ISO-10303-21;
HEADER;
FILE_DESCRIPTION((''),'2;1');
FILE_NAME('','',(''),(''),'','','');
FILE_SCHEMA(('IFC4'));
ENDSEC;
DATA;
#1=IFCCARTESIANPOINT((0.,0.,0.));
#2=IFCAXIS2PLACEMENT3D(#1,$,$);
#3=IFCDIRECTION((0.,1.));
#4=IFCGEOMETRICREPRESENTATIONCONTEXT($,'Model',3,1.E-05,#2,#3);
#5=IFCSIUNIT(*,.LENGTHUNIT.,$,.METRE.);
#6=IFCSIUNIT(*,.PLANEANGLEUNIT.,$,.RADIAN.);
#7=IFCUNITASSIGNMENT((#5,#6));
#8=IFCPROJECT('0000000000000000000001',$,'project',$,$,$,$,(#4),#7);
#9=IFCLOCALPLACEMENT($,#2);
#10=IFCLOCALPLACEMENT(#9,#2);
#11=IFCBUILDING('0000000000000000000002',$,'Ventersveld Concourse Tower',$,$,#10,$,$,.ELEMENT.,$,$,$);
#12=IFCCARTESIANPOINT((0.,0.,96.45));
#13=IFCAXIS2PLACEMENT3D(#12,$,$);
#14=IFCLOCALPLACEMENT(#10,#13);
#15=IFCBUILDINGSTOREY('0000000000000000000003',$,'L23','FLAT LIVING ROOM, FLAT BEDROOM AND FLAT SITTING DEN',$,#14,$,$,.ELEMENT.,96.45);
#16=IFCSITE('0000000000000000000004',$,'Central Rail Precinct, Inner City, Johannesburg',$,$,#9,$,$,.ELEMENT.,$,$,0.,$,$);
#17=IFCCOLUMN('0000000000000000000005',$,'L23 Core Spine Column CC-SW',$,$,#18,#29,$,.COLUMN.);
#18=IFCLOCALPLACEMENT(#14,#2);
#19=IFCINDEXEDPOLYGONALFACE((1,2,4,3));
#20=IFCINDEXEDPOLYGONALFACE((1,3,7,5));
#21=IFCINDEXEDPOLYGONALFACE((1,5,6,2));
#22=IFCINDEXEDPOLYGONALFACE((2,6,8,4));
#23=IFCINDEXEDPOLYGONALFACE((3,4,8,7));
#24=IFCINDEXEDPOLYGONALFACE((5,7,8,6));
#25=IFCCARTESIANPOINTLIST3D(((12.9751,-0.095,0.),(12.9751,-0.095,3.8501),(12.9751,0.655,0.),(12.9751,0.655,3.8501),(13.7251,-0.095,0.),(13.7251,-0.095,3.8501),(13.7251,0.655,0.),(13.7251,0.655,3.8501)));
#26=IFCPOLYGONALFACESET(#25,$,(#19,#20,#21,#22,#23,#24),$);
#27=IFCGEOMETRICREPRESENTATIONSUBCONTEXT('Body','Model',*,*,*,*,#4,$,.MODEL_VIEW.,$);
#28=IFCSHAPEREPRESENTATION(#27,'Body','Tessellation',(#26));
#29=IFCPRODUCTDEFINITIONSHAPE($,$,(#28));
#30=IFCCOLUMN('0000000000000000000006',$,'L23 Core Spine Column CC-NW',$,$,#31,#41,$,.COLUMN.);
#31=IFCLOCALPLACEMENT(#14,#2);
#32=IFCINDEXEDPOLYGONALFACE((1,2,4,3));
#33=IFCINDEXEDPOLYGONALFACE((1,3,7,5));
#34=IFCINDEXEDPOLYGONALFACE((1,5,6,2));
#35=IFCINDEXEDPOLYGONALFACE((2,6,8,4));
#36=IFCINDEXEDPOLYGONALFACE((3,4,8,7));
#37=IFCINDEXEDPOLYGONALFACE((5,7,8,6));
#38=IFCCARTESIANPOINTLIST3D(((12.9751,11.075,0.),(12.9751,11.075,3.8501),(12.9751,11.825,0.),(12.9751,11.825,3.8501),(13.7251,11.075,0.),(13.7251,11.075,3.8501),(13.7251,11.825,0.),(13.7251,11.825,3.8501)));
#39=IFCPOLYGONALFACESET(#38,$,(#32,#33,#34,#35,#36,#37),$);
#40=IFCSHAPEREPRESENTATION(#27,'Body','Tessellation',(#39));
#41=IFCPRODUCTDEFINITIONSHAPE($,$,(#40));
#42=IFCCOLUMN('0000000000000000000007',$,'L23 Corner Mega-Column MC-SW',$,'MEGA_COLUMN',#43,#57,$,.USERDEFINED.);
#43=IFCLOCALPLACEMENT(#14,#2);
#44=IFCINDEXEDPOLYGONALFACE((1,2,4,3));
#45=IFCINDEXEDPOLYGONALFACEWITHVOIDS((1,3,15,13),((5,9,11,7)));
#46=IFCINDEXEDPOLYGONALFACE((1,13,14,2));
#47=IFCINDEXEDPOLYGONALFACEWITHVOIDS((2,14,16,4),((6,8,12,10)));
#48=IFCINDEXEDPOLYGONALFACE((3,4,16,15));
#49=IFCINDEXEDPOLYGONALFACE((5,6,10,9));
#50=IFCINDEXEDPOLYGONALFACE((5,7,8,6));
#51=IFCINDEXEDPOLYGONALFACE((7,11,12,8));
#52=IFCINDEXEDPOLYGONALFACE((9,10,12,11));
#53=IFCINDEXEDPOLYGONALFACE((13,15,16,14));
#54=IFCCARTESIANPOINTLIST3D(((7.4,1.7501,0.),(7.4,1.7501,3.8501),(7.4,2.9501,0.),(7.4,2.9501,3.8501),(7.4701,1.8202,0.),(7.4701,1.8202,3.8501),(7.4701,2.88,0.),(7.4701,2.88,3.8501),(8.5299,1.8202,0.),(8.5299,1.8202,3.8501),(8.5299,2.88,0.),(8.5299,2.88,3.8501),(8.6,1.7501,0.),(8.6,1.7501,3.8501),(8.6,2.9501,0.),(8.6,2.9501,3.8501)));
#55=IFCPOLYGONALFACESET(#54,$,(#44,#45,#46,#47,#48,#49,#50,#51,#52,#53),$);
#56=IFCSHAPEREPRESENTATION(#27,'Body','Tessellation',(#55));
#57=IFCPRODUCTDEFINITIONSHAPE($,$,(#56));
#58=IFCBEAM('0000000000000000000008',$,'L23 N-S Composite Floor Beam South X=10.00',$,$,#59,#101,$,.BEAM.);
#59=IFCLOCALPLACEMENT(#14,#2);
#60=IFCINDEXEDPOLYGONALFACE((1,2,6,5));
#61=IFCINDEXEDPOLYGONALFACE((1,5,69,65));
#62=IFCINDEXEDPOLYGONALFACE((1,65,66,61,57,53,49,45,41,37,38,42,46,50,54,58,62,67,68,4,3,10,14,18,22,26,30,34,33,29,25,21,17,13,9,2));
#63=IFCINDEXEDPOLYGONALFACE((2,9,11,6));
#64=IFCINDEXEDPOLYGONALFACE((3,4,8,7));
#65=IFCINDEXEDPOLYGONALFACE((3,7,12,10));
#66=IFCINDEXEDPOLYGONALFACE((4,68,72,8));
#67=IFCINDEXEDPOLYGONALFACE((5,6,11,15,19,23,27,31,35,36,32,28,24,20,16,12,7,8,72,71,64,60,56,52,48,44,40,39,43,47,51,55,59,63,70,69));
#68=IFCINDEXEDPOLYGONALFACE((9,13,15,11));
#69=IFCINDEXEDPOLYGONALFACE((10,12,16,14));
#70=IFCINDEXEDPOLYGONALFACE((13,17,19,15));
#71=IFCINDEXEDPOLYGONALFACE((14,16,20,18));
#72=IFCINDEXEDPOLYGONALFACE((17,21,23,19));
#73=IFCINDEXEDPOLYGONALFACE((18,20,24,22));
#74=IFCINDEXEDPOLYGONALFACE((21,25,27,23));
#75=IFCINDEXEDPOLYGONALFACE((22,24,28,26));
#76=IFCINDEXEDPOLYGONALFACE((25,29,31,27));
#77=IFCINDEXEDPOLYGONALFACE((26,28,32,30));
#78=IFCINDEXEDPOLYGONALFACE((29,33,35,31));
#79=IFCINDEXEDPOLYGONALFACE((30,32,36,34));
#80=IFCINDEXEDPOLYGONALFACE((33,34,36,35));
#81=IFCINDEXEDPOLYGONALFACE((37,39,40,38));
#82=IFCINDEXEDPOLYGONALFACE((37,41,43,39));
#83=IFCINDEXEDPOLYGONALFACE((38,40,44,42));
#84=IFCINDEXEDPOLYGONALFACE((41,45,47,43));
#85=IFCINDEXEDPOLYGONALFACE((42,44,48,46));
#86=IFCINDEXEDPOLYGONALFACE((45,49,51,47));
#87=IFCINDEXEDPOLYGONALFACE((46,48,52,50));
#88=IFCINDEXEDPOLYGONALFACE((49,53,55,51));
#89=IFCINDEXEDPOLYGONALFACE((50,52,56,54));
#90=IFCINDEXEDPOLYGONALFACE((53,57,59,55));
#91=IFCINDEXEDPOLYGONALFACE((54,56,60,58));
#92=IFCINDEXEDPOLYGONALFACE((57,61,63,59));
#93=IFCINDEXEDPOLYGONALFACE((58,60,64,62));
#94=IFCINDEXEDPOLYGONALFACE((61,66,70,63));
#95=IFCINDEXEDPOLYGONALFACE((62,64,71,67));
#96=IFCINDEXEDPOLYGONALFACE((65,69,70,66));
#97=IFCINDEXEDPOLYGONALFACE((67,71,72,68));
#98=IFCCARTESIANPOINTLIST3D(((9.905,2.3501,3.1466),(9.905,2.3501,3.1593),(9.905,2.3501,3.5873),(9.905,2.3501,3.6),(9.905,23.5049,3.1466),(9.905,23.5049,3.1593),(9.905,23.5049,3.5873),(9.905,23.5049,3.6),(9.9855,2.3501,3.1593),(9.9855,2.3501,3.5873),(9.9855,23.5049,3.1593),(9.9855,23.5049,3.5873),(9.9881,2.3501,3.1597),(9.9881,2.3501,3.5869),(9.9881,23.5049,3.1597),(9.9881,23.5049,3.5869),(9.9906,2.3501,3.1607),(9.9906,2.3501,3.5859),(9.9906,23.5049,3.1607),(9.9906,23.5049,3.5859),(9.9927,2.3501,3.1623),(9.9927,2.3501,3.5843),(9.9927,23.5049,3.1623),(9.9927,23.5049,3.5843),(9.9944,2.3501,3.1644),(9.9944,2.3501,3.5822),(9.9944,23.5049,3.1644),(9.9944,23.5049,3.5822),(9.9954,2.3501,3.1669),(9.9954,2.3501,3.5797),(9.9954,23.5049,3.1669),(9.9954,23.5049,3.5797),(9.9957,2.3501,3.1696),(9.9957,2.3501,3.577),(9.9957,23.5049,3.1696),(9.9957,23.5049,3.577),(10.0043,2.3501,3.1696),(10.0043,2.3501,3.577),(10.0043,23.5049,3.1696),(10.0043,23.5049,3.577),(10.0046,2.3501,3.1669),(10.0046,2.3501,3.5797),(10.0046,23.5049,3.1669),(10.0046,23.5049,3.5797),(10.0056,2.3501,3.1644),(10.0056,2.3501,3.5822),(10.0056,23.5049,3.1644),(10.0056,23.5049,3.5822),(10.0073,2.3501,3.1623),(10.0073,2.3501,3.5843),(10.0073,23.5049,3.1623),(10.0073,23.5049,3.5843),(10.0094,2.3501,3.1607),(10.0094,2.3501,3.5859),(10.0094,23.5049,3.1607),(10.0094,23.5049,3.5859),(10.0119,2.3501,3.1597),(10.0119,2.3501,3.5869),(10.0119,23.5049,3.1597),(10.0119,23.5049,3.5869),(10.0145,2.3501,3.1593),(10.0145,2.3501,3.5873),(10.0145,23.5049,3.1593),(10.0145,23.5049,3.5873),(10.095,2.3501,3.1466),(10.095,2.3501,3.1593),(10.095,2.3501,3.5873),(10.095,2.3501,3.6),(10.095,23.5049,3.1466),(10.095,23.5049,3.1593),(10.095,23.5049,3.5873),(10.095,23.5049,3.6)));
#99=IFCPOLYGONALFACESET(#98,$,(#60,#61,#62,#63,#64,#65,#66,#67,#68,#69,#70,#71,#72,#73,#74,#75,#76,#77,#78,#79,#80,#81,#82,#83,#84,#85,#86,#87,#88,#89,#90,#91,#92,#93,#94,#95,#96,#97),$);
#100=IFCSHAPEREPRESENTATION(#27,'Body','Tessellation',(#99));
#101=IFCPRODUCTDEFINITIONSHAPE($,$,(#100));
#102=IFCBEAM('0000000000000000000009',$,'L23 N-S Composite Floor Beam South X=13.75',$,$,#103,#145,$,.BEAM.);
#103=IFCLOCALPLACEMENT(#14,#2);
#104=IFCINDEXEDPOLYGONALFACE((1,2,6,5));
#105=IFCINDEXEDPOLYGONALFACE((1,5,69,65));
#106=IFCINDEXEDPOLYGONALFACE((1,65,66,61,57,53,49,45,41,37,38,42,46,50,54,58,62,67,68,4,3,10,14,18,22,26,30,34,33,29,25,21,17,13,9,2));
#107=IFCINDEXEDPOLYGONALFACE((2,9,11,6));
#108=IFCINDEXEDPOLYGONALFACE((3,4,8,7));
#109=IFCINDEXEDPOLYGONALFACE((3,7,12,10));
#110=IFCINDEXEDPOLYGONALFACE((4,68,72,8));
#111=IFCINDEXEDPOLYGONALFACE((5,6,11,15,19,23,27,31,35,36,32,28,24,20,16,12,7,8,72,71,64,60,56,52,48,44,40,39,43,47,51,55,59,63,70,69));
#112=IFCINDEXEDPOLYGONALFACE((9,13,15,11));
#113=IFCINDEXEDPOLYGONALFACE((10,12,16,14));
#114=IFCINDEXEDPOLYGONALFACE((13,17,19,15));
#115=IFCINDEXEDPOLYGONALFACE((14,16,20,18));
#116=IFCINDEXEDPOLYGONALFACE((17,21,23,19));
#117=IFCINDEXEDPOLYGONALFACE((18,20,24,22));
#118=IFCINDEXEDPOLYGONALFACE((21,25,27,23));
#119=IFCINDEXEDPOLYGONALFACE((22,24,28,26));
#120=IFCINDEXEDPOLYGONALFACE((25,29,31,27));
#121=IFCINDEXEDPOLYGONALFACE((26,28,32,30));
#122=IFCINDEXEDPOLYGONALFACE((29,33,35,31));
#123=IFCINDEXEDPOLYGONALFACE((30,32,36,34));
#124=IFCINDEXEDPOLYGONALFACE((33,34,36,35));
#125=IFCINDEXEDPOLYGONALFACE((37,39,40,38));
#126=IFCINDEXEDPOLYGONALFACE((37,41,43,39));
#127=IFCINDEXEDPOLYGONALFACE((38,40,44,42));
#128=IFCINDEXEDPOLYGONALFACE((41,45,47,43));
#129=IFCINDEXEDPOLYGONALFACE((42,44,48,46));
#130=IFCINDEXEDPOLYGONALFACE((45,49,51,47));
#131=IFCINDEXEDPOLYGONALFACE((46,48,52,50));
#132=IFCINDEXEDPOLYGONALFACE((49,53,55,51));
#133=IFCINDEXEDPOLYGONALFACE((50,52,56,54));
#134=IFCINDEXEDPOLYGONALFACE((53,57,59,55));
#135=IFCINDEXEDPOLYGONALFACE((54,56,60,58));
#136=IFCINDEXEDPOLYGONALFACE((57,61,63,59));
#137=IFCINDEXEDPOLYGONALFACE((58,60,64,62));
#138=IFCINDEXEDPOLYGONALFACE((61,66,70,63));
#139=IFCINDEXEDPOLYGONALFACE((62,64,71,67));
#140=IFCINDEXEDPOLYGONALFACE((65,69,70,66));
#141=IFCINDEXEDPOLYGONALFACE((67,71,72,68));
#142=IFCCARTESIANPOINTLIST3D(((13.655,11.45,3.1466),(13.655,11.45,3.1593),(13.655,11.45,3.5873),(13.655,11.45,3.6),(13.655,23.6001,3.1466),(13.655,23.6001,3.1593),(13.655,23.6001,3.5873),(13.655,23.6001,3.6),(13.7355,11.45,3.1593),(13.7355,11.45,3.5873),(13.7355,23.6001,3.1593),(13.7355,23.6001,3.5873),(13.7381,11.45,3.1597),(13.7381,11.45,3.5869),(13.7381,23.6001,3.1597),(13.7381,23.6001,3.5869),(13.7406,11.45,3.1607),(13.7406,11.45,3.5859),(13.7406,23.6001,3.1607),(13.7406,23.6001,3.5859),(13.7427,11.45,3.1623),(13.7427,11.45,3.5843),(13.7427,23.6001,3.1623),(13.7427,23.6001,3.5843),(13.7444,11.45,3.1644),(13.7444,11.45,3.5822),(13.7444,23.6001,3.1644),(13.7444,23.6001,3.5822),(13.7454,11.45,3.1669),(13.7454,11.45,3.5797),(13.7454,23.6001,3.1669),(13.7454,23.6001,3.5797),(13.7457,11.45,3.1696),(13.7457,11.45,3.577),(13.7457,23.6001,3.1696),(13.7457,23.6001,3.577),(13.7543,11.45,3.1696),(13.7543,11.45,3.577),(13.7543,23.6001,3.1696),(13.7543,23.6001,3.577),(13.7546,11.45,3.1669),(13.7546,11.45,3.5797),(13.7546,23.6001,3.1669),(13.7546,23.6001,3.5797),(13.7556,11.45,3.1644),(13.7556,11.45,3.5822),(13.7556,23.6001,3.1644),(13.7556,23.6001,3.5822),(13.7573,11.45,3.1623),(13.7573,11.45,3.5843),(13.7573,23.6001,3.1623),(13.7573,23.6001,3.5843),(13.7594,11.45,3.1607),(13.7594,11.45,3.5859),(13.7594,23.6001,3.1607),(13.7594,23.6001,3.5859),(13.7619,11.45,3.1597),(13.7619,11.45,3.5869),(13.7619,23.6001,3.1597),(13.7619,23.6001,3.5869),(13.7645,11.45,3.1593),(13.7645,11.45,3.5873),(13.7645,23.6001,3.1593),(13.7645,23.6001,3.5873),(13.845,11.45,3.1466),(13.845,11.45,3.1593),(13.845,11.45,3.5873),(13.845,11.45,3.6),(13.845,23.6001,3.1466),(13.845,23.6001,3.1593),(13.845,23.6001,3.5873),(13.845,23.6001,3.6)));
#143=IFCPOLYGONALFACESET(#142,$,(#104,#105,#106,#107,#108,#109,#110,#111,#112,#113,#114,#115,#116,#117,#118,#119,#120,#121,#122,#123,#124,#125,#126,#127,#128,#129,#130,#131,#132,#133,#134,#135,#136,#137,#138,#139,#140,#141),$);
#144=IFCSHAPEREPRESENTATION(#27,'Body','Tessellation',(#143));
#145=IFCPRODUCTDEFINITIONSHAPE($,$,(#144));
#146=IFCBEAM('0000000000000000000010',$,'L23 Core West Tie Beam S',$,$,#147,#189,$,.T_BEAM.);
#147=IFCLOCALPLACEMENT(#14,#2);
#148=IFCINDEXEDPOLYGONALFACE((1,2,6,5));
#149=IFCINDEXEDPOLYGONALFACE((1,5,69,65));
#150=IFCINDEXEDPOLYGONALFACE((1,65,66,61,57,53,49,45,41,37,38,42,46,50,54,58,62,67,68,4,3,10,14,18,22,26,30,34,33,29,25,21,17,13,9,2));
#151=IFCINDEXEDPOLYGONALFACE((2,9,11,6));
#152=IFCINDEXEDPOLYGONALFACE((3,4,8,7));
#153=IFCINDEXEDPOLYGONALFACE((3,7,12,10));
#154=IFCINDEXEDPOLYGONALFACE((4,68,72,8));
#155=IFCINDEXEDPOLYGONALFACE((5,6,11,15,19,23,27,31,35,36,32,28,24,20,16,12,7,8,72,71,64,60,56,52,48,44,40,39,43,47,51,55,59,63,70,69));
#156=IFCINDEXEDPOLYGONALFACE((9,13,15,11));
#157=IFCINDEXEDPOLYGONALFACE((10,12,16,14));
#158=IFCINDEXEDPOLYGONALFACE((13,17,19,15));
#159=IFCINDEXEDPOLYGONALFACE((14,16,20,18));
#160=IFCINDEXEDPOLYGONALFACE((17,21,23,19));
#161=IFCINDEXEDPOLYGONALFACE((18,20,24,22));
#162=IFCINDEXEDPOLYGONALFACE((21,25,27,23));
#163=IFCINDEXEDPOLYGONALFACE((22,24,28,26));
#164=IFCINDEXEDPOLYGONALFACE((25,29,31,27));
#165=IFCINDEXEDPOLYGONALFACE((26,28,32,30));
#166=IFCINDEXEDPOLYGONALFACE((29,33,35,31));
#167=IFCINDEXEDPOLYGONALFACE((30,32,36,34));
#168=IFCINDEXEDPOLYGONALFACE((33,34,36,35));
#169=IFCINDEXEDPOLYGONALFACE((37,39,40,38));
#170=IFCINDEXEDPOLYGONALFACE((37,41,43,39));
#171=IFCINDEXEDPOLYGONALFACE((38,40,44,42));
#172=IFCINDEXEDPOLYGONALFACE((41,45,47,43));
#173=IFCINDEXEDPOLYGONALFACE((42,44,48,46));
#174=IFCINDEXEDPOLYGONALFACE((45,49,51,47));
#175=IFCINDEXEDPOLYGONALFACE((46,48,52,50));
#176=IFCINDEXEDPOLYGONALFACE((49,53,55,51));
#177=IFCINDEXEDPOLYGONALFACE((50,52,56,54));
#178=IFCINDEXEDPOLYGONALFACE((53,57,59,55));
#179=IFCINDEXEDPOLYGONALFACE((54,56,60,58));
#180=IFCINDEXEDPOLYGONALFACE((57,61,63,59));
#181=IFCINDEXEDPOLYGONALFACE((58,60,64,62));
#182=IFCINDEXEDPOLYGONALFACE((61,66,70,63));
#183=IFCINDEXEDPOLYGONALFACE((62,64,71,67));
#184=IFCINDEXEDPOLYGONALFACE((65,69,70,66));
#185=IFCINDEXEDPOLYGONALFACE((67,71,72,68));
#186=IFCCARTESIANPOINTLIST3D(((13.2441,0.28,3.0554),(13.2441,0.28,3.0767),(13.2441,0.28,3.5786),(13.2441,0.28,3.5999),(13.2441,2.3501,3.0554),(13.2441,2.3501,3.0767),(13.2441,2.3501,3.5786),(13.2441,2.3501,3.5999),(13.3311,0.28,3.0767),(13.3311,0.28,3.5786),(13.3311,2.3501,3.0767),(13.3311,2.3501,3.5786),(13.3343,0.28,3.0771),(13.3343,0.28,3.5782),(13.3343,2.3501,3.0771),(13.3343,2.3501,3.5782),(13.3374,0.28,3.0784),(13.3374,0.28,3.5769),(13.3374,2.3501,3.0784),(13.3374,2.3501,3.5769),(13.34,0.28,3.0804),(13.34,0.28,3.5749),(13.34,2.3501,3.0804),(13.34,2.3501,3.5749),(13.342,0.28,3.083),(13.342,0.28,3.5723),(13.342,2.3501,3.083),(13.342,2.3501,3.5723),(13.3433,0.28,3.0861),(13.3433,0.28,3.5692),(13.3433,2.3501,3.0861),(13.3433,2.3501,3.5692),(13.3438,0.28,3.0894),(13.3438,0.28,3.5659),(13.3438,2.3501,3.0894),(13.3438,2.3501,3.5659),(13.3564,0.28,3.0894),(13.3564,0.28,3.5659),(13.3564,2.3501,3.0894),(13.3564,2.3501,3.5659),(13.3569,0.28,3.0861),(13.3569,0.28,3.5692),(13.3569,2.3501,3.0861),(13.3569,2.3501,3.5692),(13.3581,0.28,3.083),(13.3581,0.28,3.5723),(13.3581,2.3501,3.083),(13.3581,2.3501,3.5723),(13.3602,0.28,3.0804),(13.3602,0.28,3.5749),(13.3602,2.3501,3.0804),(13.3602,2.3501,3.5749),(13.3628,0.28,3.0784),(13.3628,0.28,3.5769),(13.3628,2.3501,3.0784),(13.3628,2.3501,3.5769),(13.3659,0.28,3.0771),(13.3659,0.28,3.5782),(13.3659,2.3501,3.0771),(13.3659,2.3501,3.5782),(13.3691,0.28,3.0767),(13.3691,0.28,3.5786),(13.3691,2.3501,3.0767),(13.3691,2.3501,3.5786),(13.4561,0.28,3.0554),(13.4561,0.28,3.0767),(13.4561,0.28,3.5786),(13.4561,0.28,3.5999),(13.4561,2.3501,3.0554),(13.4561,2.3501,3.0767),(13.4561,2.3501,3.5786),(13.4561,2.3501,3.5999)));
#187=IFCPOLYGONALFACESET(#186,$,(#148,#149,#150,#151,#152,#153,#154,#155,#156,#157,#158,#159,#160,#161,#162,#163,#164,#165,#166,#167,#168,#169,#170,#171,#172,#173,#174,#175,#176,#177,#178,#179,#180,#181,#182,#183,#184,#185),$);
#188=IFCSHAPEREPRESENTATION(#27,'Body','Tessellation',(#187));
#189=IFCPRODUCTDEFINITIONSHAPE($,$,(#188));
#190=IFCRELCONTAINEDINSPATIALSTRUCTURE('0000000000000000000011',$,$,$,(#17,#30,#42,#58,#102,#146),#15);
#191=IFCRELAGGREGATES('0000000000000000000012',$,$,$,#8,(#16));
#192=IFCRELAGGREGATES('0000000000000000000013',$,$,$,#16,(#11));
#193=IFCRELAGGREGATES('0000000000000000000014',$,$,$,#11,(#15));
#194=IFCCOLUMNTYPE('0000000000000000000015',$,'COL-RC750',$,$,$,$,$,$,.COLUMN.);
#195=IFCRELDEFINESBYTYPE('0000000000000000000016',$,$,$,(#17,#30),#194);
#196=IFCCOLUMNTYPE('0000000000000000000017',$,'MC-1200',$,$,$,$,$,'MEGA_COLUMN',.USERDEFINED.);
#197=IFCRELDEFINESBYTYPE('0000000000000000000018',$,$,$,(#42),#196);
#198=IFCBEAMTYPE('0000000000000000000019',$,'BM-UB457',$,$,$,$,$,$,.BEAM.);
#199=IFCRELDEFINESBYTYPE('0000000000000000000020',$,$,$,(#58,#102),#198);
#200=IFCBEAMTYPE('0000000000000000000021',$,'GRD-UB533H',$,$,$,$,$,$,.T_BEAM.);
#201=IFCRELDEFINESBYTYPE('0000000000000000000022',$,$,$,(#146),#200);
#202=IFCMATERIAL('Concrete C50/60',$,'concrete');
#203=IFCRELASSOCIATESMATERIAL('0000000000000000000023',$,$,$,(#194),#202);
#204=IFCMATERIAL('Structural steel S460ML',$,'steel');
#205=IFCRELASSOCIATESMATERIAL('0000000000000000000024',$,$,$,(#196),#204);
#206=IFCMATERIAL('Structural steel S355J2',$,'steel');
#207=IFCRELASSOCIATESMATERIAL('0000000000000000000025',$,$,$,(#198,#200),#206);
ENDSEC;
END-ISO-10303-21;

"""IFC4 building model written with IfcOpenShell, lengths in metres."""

from ifc_helpers import new_model, si_unit, direction, frame, origin, origin_2d, place, context, subcontext, project, spatial, rectangle, hollow_rectangle, i_section, extrude, material, material_profile, profile_set, type_object, element, save


model = new_model("IFC4")

# Units and contexts
model_context = context("Model", 3, precision=1e-05, world=origin(), true_north=direction((0.0, 1.0)))
body_context = subcontext(model_context, "Body", "Model", "MODEL_VIEW")
ifc_project = project(units=[si_unit("LENGTHUNIT", "METRE"), si_unit("PLANEANGLEUNIT", "RADIAN")], contexts=[model_context])

# Site, building, storey
site_placement = place(None, origin())
site = spatial("IfcSite", under=ifc_project, at=site_placement, Name="Central Rail Precinct, Inner City, Johannesburg", CompositionType="ELEMENT", RefElevation=0.0)
building_placement = place(site_placement, origin())
building = spatial("IfcBuilding", under=site, at=building_placement, Name="Ventersveld Concourse Tower", CompositionType="ELEMENT")
storey_placement = place(building_placement, frame((0.0, 0.0, 96.45)))
storey = spatial("IfcBuildingStorey", under=building, at=storey_placement, Name="L23", Description="FLAT LIVING ROOM, FLAT BEDROOM AND FLAT SITTING DEN", CompositionType="ELEMENT", Elevation=96.45)

# Columns
ifc_material_1 = material(Name="Concrete C50/60", Category="concrete")
ifc_material_profile_1 = material_profile(ifc_material_1, rectangle(XDim=0.75, YDim=0.75, at=origin_2d()), Name="RC 750x750")
ifc_profile_set_1 = profile_set([ifc_material_profile_1], Name="Concrete C50/60")
column_type_1 = type_object("IfcColumnType", Name="COL-RC750", PredefinedType="COLUMN", material=ifc_profile_set_1)
for number, where, z_axis, x_axis, name in (
    (1, (13.3501, 0.28, 0.0), (0.0, 0.0, 1.0), (1.0, 0.0, 0.0), "L23 Core Spine Column CC-SW"),
    (2, (13.3501, 11.45, 0.0), (0.0, 0.0, 1.0), (1.0, 0.0, 0.0), "L23 Core Spine Column CC-NW"),
):
    element("IfcColumn", number, at=place(storey_placement, frame(where, z_axis=z_axis, x_axis=x_axis)), inside=storey, type_object=column_type_1, Name=name, PredefinedType="COLUMN", context=body_context, shape_type="SweptSolid", body=[
        extrude(rectangle(XDim=0.75, YDim=0.75, at=origin_2d()), origin(), (0.0, 0.0, 1.0), 3.8501),
    ])
ifc_material_2 = material(Name="Structural steel S460ML", Category="steel")
ifc_material_profile_2 = material_profile(ifc_material_2, hollow_rectangle(XDim=1.2, YDim=1.2, WallThickness=0.0701, at=origin_2d()), Name="BOX 1200x1200x70")
ifc_profile_set_2 = profile_set([ifc_material_profile_2], Name="Structural steel S460ML")
column_type_2 = type_object("IfcColumnType", Name="MC-1200", ElementType="MEGA_COLUMN", PredefinedType="USERDEFINED", material=ifc_profile_set_2)
column_placement = place(storey_placement, frame((8.0, 2.3501, 0.0), z_axis=(0.0, 0.0, 1.0), x_axis=(1.0, 0.0, 0.0)))
element("IfcColumn", 3, at=column_placement, inside=storey, type_object=column_type_2, Name="L23 Corner Mega-Column MC-SW", ObjectType="MEGA_COLUMN", PredefinedType="USERDEFINED", context=body_context, shape_type="SweptSolid", body=[
    extrude(hollow_rectangle(XDim=1.2, YDim=1.2, WallThickness=0.0701, at=origin_2d()), origin(), (0.0, 0.0, 1.0), 3.8501),
])

# Beams
ifc_material_3 = material(Name="Structural steel S355J2", Category="steel")
ifc_material_profile_3 = material_profile(ifc_material_3, i_section(OverallWidth=0.1899, OverallDepth=0.4534, WebThickness=0.0085, FlangeThickness=0.0127, FilletRadius=0.0103, at=origin_2d()), Name="UB 457x191x67")
ifc_profile_set_3 = profile_set([ifc_material_profile_3], Name="Structural steel S355J2")
beam_type_1 = type_object("IfcBeamType", Name="BM-UB457", PredefinedType="BEAM", material=ifc_profile_set_3)
beam_1_placement = place(storey_placement, frame((10.0, 2.3501, 3.3733), z_axis=(0.0, 1.0, 0.0), x_axis=(-1.0, 0.0, 0.0)))
element("IfcBeam", 4, at=beam_1_placement, inside=storey, type_object=beam_type_1, Name="L23 N-S Composite Floor Beam South X=10.00", PredefinedType="BEAM", context=body_context, shape_type="SweptSolid", body=[
    extrude(i_section(OverallWidth=0.1899, OverallDepth=0.4534, WebThickness=0.0085, FlangeThickness=0.0127, FilletRadius=0.0103, at=origin_2d()), origin(), (0.0, 0.0, 1.0), 21.1548),
])
beam_2_placement = place(storey_placement, frame((13.75, 11.45, 3.3733), z_axis=(0.0, 1.0, 0.0), x_axis=(-1.0, 0.0, 0.0)))
element("IfcBeam", 5, at=beam_2_placement, inside=storey, type_object=beam_type_1, Name="L23 N-S Composite Floor Beam South X=13.75", PredefinedType="BEAM", context=body_context, shape_type="SweptSolid", body=[
    extrude(i_section(OverallWidth=0.1899, OverallDepth=0.4534, WebThickness=0.0085, FlangeThickness=0.0127, FilletRadius=0.0103, at=origin_2d()), origin(), (0.0, 0.0, 1.0), 12.1501),
])
ifc_material_profile_4 = material_profile(ifc_material_3, i_section(OverallWidth=0.2119, OverallDepth=0.5444, WebThickness=0.0127, FlangeThickness=0.0212, FilletRadius=0.0127, at=origin_2d()), Name="UB 533x210x122")
ifc_profile_set_4 = profile_set([ifc_material_profile_4], Name="Structural steel S355J2")
beam_type_2 = type_object("IfcBeamType", Name="GRD-UB533H", PredefinedType="T_BEAM", material=ifc_profile_set_4)
beam_3_placement = place(storey_placement, frame((13.3501, 0.28, 3.3276), z_axis=(0.0, 1.0, 0.0), x_axis=(-1.0, 0.0, 0.0)))
element("IfcBeam", 6, at=beam_3_placement, inside=storey, type_object=beam_type_2, Name="L23 Core West Tie Beam S", PredefinedType="T_BEAM", context=body_context, shape_type="SweptSolid", body=[
    extrude(i_section(OverallWidth=0.2119, OverallDepth=0.5444, WebThickness=0.0127, FlangeThickness=0.0212, FilletRadius=0.0127, at=origin_2d()), origin(), (0.0, 0.0, 1.0), 2.0701),
])

save(model, "model.ifc")
